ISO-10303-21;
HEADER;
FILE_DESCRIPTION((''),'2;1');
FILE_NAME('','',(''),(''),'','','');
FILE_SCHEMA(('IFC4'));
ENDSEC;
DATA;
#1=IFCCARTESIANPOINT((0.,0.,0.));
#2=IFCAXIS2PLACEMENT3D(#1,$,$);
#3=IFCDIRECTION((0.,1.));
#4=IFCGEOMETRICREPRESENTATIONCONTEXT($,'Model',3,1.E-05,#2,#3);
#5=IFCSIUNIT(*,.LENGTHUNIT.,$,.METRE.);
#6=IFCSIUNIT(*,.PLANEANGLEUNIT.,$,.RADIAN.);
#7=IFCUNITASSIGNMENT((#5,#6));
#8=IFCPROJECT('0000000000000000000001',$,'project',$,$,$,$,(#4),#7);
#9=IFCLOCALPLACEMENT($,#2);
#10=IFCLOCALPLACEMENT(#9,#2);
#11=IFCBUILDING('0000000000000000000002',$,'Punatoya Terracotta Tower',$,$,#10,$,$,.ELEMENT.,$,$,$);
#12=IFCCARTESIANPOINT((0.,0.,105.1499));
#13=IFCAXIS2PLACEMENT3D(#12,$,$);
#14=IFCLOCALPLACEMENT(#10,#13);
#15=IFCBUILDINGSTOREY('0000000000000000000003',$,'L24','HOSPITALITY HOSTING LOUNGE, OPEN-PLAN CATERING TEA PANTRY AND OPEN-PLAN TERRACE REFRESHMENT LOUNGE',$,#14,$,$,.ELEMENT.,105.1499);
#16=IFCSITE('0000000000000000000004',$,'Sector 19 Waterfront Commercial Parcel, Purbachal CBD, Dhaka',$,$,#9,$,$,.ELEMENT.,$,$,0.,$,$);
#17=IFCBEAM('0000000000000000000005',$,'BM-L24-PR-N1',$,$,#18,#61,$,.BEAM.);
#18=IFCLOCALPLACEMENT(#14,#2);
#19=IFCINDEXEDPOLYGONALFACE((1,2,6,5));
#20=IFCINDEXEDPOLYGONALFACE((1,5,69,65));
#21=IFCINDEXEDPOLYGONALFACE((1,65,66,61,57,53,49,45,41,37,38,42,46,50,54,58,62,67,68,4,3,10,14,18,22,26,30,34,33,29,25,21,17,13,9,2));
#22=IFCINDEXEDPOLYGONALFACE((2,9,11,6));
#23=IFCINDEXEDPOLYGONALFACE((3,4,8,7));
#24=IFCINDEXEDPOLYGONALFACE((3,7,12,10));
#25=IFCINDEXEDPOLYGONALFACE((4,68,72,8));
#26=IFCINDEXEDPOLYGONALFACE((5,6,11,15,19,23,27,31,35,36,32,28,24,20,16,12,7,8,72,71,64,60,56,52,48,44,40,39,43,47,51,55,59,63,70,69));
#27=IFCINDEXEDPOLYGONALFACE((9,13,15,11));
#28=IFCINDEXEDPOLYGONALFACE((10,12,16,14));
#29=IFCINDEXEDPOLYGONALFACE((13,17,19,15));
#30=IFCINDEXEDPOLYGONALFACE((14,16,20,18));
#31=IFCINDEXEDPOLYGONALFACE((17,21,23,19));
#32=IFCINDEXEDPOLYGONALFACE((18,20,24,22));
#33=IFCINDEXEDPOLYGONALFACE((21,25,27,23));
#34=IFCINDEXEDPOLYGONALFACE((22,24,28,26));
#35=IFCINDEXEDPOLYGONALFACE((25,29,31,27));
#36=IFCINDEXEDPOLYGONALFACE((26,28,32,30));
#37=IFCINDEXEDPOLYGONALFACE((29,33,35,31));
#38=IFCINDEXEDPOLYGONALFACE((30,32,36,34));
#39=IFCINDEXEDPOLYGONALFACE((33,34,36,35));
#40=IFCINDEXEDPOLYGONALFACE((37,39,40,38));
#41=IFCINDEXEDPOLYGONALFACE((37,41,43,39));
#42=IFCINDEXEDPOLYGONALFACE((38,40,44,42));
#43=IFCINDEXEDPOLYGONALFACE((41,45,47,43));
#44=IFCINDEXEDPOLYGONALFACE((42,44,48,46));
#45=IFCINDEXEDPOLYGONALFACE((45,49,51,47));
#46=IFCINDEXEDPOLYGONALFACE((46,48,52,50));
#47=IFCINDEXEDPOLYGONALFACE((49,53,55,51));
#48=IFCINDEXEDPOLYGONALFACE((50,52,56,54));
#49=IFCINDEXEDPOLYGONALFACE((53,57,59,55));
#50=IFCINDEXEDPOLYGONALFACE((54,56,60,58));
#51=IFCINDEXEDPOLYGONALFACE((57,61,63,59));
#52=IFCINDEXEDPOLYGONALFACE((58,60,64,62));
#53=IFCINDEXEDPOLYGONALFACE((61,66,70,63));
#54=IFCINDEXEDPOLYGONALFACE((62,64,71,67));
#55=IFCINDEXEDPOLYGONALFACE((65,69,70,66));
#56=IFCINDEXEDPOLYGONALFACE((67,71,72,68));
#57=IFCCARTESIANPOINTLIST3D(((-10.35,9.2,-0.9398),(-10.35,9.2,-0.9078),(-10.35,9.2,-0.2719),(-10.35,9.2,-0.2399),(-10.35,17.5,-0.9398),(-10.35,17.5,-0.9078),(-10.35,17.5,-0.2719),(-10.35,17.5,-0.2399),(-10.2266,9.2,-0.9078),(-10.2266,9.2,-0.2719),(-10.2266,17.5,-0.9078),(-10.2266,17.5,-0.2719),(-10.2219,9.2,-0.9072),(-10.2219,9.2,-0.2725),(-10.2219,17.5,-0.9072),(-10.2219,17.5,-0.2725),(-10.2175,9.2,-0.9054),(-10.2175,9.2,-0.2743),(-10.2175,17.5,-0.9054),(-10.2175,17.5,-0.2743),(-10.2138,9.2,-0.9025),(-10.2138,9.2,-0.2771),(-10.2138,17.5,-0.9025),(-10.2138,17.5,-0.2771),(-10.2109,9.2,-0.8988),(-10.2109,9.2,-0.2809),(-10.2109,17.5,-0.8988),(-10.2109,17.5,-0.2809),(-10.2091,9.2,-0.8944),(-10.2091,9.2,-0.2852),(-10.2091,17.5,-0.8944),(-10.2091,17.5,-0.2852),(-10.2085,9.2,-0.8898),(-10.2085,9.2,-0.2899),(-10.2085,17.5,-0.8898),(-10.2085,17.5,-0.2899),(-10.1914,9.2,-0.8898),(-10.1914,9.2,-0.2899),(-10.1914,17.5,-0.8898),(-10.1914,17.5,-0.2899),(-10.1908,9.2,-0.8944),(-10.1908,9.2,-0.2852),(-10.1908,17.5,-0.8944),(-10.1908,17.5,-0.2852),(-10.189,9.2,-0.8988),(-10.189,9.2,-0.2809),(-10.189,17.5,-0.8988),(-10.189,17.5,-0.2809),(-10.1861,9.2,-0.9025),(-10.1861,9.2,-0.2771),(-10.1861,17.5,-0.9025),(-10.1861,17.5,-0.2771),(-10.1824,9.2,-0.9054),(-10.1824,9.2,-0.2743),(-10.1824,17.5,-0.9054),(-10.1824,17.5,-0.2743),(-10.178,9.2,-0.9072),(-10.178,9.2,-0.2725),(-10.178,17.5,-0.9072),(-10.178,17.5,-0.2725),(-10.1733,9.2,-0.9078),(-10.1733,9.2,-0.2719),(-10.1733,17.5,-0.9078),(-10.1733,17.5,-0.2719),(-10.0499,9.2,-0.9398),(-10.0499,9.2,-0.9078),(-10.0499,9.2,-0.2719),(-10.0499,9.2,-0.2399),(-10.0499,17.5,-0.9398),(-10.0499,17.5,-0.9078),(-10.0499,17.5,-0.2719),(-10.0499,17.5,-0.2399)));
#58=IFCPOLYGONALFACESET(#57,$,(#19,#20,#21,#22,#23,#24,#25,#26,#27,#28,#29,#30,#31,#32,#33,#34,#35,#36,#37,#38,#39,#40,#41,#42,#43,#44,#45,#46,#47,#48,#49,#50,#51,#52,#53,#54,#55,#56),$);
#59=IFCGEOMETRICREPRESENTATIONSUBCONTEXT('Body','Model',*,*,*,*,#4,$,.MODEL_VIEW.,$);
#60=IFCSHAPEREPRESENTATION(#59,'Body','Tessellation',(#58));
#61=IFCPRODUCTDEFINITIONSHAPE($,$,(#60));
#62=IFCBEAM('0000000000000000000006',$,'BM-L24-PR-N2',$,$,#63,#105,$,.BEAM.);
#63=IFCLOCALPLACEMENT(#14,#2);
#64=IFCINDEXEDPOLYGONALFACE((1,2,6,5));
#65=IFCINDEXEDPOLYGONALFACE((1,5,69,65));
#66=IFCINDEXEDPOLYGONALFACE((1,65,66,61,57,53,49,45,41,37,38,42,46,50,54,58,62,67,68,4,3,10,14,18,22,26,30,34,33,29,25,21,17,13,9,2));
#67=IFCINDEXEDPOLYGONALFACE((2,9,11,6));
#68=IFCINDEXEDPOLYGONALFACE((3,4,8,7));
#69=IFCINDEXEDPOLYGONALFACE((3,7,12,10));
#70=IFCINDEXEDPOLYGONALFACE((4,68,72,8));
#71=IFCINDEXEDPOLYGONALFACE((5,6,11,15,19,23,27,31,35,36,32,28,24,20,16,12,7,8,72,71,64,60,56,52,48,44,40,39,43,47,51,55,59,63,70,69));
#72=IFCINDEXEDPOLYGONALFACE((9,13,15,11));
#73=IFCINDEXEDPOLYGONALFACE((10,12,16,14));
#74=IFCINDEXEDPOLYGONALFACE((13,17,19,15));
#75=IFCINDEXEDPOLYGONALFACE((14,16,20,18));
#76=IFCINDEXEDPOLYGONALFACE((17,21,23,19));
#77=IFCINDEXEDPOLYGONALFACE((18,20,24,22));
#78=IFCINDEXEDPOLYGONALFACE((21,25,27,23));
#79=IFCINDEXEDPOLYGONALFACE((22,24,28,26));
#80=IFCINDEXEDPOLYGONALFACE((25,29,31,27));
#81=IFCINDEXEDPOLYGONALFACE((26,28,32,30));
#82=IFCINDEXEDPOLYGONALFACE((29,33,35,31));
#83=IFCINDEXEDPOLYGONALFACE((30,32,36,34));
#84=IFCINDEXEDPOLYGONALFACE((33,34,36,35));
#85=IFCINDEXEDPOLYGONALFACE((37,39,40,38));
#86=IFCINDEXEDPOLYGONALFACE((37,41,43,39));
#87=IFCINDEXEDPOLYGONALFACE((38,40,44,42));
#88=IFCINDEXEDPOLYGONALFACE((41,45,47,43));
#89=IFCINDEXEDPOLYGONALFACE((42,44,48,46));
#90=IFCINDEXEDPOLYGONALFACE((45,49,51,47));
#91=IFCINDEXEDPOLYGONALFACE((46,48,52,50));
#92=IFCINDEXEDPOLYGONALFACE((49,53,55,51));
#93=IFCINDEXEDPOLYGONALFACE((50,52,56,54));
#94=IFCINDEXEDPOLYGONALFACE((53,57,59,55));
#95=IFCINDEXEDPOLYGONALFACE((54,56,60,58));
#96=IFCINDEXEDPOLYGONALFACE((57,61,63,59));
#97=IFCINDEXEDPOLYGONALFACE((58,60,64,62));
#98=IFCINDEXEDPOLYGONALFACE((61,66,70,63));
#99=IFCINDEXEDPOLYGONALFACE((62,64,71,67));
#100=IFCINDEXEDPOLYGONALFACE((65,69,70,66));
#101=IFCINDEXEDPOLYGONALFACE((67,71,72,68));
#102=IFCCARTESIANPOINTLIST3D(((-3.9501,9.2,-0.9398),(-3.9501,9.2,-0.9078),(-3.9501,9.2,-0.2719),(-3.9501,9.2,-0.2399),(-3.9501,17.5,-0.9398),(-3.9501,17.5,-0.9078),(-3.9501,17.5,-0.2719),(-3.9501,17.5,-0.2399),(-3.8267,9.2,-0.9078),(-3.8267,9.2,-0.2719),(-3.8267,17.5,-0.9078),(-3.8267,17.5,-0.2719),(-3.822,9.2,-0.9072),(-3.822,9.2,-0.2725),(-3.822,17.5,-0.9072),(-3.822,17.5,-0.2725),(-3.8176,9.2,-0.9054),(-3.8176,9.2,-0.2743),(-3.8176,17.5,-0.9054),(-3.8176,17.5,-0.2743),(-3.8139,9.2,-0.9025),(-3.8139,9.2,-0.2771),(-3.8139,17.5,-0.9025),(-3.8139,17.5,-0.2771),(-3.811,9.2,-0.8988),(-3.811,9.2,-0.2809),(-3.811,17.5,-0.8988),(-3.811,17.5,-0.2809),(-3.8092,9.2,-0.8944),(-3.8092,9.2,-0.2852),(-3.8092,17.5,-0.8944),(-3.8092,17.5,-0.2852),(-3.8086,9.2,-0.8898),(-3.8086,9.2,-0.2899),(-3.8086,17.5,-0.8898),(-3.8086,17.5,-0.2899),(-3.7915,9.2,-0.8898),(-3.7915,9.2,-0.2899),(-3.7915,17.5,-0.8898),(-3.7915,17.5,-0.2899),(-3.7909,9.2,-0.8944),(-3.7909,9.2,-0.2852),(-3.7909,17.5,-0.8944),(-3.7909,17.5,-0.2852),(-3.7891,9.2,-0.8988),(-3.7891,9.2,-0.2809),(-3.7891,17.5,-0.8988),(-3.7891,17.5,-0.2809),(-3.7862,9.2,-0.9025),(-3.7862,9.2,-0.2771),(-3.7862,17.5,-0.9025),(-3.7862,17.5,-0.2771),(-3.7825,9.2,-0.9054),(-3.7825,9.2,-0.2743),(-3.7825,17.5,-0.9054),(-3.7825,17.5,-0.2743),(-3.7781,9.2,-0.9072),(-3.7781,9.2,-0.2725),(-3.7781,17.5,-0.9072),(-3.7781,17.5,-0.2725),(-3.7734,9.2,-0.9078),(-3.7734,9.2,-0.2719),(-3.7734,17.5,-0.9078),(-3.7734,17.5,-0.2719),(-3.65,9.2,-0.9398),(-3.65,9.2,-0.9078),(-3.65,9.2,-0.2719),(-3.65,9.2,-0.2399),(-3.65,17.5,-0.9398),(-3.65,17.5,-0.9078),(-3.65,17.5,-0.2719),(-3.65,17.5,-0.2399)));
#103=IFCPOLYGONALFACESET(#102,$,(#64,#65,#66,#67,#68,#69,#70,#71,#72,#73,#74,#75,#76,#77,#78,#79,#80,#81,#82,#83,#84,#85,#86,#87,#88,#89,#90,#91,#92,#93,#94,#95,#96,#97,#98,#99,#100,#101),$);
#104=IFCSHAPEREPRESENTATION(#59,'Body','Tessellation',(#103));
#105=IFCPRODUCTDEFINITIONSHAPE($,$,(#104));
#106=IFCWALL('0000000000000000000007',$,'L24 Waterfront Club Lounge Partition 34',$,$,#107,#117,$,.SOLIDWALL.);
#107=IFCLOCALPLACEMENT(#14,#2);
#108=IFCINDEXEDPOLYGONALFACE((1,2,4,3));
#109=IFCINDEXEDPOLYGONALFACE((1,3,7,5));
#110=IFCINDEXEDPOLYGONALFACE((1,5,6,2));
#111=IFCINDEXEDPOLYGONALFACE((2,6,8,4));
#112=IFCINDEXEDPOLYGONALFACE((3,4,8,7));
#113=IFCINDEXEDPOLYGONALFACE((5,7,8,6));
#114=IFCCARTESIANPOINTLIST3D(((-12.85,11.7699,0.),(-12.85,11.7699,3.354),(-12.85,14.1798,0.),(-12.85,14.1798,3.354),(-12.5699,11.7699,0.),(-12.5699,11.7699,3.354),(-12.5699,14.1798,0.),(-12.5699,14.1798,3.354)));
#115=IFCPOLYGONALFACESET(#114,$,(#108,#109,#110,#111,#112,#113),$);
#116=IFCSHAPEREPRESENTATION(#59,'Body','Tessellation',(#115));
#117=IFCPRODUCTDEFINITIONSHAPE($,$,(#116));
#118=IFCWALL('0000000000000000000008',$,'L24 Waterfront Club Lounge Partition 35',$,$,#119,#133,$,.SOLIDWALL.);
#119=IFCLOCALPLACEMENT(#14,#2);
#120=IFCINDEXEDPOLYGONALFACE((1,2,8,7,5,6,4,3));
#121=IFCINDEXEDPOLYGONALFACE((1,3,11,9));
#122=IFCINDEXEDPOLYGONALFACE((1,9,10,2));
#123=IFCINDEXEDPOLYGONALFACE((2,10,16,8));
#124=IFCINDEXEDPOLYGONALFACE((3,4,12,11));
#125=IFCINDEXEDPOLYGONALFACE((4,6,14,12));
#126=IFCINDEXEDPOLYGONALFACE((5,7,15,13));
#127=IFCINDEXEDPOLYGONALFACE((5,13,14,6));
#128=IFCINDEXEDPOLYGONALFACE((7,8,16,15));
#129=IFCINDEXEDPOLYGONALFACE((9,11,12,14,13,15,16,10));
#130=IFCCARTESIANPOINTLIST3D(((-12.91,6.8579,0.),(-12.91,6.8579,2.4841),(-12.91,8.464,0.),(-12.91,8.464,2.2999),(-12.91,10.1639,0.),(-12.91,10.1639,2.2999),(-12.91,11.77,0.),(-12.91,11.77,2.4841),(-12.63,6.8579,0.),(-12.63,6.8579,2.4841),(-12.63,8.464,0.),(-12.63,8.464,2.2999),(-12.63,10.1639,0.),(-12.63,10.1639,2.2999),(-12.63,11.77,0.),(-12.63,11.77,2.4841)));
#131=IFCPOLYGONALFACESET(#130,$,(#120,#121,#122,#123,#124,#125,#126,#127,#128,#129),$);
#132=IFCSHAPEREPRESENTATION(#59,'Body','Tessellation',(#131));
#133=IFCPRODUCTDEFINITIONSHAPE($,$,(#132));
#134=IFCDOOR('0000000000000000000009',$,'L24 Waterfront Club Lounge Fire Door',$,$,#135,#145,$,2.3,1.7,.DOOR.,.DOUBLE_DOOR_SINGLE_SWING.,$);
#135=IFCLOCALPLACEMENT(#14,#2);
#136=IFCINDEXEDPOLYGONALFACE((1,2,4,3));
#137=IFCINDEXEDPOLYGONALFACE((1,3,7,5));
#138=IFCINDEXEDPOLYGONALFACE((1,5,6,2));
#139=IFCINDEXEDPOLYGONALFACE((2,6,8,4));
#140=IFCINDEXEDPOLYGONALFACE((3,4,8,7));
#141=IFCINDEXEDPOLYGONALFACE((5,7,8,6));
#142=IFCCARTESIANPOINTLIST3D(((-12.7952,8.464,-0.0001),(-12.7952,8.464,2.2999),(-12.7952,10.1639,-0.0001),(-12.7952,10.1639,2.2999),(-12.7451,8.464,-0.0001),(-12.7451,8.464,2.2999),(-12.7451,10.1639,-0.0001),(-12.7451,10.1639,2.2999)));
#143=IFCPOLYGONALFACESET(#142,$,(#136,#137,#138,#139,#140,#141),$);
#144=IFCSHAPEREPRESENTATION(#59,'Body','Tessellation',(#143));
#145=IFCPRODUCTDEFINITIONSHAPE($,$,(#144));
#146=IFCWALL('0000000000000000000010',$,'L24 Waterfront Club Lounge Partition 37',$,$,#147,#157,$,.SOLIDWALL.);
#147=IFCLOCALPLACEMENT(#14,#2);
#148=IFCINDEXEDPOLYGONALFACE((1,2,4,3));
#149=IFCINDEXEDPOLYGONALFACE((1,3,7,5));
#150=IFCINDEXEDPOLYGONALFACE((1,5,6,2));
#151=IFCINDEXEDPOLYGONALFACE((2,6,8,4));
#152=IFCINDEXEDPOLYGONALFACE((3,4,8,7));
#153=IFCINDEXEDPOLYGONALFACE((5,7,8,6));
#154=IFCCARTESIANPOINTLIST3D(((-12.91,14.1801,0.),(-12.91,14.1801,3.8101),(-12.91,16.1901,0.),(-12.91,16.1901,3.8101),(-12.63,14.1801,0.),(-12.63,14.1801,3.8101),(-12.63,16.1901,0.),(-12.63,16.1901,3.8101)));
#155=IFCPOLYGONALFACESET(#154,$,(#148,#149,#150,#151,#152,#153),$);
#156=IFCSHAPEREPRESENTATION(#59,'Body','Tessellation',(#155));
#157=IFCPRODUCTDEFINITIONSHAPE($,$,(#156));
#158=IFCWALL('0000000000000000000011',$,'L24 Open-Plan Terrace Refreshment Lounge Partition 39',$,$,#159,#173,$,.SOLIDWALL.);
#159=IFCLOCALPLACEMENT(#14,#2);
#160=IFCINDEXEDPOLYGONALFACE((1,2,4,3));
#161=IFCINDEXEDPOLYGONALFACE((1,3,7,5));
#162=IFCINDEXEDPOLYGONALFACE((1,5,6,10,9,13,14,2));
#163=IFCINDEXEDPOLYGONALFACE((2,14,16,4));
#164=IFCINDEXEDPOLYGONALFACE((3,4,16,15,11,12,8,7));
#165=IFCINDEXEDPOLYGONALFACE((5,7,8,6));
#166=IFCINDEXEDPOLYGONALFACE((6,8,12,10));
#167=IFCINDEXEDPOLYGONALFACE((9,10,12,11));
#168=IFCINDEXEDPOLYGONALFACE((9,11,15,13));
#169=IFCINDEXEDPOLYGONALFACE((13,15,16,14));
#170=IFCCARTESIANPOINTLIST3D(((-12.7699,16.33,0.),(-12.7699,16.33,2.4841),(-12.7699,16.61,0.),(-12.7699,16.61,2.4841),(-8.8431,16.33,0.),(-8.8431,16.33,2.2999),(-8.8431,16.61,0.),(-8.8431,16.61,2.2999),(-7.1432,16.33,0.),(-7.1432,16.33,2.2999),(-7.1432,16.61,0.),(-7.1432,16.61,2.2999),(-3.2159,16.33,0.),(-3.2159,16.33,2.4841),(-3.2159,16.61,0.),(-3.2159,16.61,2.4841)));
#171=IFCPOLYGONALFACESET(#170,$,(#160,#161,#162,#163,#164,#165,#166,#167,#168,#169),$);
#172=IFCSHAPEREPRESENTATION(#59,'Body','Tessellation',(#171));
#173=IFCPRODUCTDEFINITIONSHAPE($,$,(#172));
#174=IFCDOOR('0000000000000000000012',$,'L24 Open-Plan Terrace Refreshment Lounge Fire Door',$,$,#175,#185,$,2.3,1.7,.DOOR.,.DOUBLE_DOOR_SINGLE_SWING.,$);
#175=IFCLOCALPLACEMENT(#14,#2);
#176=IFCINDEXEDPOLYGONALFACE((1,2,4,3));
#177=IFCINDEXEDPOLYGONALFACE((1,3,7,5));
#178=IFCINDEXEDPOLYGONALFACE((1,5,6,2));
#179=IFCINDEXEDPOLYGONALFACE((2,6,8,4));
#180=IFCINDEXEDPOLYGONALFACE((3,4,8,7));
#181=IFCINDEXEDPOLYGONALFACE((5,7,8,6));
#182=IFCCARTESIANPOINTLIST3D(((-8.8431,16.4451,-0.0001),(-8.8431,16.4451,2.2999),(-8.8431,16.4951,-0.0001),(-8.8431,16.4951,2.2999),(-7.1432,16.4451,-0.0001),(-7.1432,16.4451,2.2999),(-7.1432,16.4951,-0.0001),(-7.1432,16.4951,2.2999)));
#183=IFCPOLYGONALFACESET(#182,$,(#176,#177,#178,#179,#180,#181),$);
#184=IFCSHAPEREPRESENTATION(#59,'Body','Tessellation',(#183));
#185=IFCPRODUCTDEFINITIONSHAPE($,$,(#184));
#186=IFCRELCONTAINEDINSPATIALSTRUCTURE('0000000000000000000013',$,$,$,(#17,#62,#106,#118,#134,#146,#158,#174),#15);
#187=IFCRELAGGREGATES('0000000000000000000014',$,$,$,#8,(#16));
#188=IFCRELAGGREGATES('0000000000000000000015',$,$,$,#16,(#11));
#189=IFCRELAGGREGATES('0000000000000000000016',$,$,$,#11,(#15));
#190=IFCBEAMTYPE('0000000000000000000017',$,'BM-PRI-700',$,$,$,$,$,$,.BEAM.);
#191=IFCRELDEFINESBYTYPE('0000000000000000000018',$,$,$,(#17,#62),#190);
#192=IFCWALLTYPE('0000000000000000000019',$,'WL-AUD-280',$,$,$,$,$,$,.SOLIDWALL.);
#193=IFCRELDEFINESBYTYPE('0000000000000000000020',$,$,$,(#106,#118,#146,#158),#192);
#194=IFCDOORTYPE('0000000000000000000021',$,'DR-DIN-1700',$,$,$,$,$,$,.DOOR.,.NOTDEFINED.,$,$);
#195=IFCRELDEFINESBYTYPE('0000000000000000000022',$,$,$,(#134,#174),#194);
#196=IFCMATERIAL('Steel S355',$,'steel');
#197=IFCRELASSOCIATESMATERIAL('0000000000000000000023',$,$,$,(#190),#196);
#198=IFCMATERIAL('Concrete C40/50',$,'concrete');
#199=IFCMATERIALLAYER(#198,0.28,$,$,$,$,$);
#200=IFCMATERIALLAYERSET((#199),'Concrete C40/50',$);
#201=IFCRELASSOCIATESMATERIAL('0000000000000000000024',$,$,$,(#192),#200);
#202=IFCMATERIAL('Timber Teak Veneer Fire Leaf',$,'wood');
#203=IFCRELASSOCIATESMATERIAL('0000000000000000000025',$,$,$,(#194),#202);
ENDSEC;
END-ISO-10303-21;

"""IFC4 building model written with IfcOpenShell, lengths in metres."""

from ifc_helpers import new_model, si_unit, direction, frame, frame_2d, origin, origin_2d, place, context, subcontext, project, spatial, rectangle, i_section, extrude, material, layer, layer_set, material_profile, profile_set, type_object, element, fill, save


model = new_model("IFC4")

# Units and contexts
model_context = context("Model", 3, precision=1e-05, world=origin(), true_north=direction((0.0, 1.0)))
body_context = subcontext(model_context, "Body", "Model", "MODEL_VIEW")
ifc_project = project(units=[si_unit("LENGTHUNIT", "METRE"), si_unit("PLANEANGLEUNIT", "RADIAN")], contexts=[model_context])

# Site, building, storey
site_placement = place(None, origin())
site = spatial("IfcSite", under=ifc_project, at=site_placement, Name="Sector 19 Waterfront Commercial Parcel, Purbachal CBD, Dhaka", CompositionType="ELEMENT", RefElevation=0.0)
building_placement = place(site_placement, origin())
building = spatial("IfcBuilding", under=site, at=building_placement, Name="Punatoya Terracotta Tower", CompositionType="ELEMENT")
storey_placement = place(building_placement, frame((0.0, 0.0, 105.1499)))
storey = spatial("IfcBuildingStorey", under=building, at=storey_placement, Name="L24", Description="HOSPITALITY HOSTING LOUNGE, OPEN-PLAN CATERING TEA PANTRY AND OPEN-PLAN TERRACE REFRESHMENT LOUNGE", CompositionType="ELEMENT", Elevation=105.1499)

# Beams
ifc_material_1 = material(Name="Steel S355", Category="steel")
ifc_material_profile = material_profile(ifc_material_1, i_section(OverallWidth=0.3, OverallDepth=0.7, WebThickness=0.0171, FlangeThickness=0.032, FilletRadius=0.0181, at=origin_2d()))
ifc_profile_set = profile_set([ifc_material_profile], Name="Steel S355")
beam_type = type_object("IfcBeamType", Name="BM-PRI-700", PredefinedType="BEAM", material=ifc_profile_set)
for number, where, z_axis, x_axis, name in (
    (1, (-10.2, 9.2, -0.5898), (0.0, 1.0, 0.0), (-1.0, 0.0, 0.0), "BM-L24-PR-N1"),
    (2, (-3.8, 9.2, -0.5898), (0.0, 1.0, 0.0), (-1.0, 0.0, 0.0), "BM-L24-PR-N2"),
):
    element("IfcBeam", number, at=place(storey_placement, frame(where, z_axis=z_axis, x_axis=x_axis)), inside=storey, type_object=beam_type, Name=name, PredefinedType="BEAM", context=body_context, shape_type="SweptSolid", body=[
        extrude(i_section(OverallWidth=0.3, OverallDepth=0.7, WebThickness=0.0171, FlangeThickness=0.032, FilletRadius=0.0181, at=origin_2d()), origin(), (0.0, 0.0, 1.0), 8.3),
    ])

# Wall
ifc_material_2 = material(Name="Concrete C40/50", Category="concrete")
ifc_layer_1 = layer(ifc_material_2, 0.28)
ifc_layer_set_1 = layer_set([ifc_layer_1], Name="Concrete C40/50")
wall_type_1 = type_object("IfcWallType", Name="WL-AUD-280", PredefinedType="SOLIDWALL", material=ifc_layer_set_1)
wall_1_placement = place(storey_placement, frame((-12.71, 14.1799, 0.0), z_axis=(0.0, 0.0, 1.0), x_axis=(0.0, -1.0, 0.0)))
element("IfcWall", 3, at=wall_1_placement, inside=storey, type_object=wall_type_1, Name="L24 Waterfront Club Lounge Partition 34", PredefinedType="SOLIDWALL", context=body_context, shape_type="SweptSolid", body=[
    extrude(rectangle(XDim=2.4099, YDim=0.28, at=frame_2d((1.2051, 0.0))), origin(), (0.0, 0.0, 1.0), 3.354),
])

# Wall, opening, door
wall_2_placement = place(storey_placement, frame((-12.77, 11.77, 0.0), z_axis=(0.0, 0.0, 1.0), x_axis=(0.0, -1.0, 0.0)))
wall_2 = element("IfcWall", 4, at=wall_2_placement, inside=storey, type_object=wall_type_1, Name="L24 Waterfront Club Lounge Partition 35", PredefinedType="SOLIDWALL", context=body_context, shape_type="SweptSolid", body=[
    extrude(rectangle(XDim=4.9121, YDim=0.28, at=frame_2d((2.4561, 0.0))), origin(), (0.0, 0.0, 1.0), 2.4841),
])
opening_1_placement = place(wall_2_placement, frame((1.606, 0.0, 0.0)))
opening_1 = element("IfcOpeningElement", 5, at=opening_1_placement, cuts=wall_2, PredefinedType="OPENING", context=body_context, shape_type="SweptSolid", body=[
    extrude(rectangle(XDim=1.7, YDim=2.3, at=frame_2d((0.8501, 1.1499))), frame((0.0, 0.1499, 0.0), z_axis=(0.0, -1.0, 0.0), x_axis=(1.0, 0.0, 0.0)), (0.0, 0.0, 1.0), 0.3),
])
ifc_material_3 = material(Name="Timber Teak Veneer Fire Leaf", Category="wood")
door_type_1 = type_object("IfcDoorType", Name="DR-DIN-1700", OperationType="NOTDEFINED", PredefinedType="DOOR", material=ifc_material_3)
door_1_placement = place(opening_1_placement, origin())
door_1 = element("IfcDoor", 6, at=door_1_placement, inside=storey, type_object=door_type_1, Name="L24 Waterfront Club Lounge Fire Door", OperationType="DOUBLE_DOOR_SINGLE_SWING", OverallHeight=2.3, OverallWidth=1.7, PredefinedType="DOOR", context=body_context, shape_type="SweptSolid", body=[
    extrude(rectangle(XDim=1.7, YDim=2.3, at=frame_2d((0.8501, 1.1499))), frame((0.0, 0.0249, 0.0), z_axis=(0.0, -1.0, 0.0), x_axis=(1.0, 0.0, 0.0)), (0.0, 0.0, 1.0), 0.05),
])
fill(opening_1, door_1)

# Wall
wall_3_placement = place(storey_placement, frame((-12.77, 16.1899, 0.0), z_axis=(0.0, 0.0, 1.0), x_axis=(0.0, -1.0, 0.0)))
element("IfcWall", 7, at=wall_3_placement, inside=storey, type_object=wall_type_1, Name="L24 Waterfront Club Lounge Partition 37", PredefinedType="SOLIDWALL", context=body_context, shape_type="SweptSolid", body=[
    extrude(rectangle(XDim=2.01, YDim=0.28, at=frame_2d((1.0049, 0.0))), origin(), (0.0, 0.0, 1.0), 3.8101),
])

# Wall, opening, door
wall_4_placement = place(storey_placement, frame((-3.2161, 16.47, 0.0), z_axis=(0.0, 0.0, 1.0), x_axis=(-1.0, 0.0, 0.0)))
wall_4 = element("IfcWall", 8, at=wall_4_placement, inside=storey, type_object=wall_type_1, Name="L24 Open-Plan Terrace Refreshment Lounge Partition 39", PredefinedType="SOLIDWALL", context=body_context, shape_type="SweptSolid", body=[
    extrude(rectangle(XDim=9.554, YDim=0.28, at=frame_2d((4.7769, 0.0))), origin(), (0.0, 0.0, 1.0), 2.4841),
])
opening_2_placement = place(wall_4_placement, frame((3.927, 0.0, 0.0)))
opening_2 = element("IfcOpeningElement", 9, at=opening_2_placement, cuts=wall_4, PredefinedType="OPENING", context=body_context, shape_type="SweptSolid", body=[
    extrude(rectangle(XDim=1.7, YDim=2.3, at=frame_2d((0.8501, 1.1499))), frame((0.0, 0.1499, 0.0), z_axis=(0.0, -1.0, 0.0), x_axis=(1.0, 0.0, 0.0)), (0.0, 0.0, 1.0), 0.3),
])
door_2_placement = place(opening_2_placement, origin())
door_2 = element("IfcDoor", 10, at=door_2_placement, inside=storey, type_object=door_type_1, Name="L24 Open-Plan Terrace Refreshment Lounge Fire Door", OperationType="DOUBLE_DOOR_SINGLE_SWING", OverallHeight=2.3, OverallWidth=1.7, PredefinedType="DOOR", context=body_context, shape_type="SweptSolid", body=[
    extrude(rectangle(XDim=1.7, YDim=2.3, at=frame_2d((0.8501, 1.1499))), frame((0.0, 0.0249, 0.0), z_axis=(0.0, -1.0, 0.0), x_axis=(1.0, 0.0, 0.0)), (0.0, 0.0, 1.0), 0.05),
])
fill(opening_2, door_2)

save(model, "model.ifc")
